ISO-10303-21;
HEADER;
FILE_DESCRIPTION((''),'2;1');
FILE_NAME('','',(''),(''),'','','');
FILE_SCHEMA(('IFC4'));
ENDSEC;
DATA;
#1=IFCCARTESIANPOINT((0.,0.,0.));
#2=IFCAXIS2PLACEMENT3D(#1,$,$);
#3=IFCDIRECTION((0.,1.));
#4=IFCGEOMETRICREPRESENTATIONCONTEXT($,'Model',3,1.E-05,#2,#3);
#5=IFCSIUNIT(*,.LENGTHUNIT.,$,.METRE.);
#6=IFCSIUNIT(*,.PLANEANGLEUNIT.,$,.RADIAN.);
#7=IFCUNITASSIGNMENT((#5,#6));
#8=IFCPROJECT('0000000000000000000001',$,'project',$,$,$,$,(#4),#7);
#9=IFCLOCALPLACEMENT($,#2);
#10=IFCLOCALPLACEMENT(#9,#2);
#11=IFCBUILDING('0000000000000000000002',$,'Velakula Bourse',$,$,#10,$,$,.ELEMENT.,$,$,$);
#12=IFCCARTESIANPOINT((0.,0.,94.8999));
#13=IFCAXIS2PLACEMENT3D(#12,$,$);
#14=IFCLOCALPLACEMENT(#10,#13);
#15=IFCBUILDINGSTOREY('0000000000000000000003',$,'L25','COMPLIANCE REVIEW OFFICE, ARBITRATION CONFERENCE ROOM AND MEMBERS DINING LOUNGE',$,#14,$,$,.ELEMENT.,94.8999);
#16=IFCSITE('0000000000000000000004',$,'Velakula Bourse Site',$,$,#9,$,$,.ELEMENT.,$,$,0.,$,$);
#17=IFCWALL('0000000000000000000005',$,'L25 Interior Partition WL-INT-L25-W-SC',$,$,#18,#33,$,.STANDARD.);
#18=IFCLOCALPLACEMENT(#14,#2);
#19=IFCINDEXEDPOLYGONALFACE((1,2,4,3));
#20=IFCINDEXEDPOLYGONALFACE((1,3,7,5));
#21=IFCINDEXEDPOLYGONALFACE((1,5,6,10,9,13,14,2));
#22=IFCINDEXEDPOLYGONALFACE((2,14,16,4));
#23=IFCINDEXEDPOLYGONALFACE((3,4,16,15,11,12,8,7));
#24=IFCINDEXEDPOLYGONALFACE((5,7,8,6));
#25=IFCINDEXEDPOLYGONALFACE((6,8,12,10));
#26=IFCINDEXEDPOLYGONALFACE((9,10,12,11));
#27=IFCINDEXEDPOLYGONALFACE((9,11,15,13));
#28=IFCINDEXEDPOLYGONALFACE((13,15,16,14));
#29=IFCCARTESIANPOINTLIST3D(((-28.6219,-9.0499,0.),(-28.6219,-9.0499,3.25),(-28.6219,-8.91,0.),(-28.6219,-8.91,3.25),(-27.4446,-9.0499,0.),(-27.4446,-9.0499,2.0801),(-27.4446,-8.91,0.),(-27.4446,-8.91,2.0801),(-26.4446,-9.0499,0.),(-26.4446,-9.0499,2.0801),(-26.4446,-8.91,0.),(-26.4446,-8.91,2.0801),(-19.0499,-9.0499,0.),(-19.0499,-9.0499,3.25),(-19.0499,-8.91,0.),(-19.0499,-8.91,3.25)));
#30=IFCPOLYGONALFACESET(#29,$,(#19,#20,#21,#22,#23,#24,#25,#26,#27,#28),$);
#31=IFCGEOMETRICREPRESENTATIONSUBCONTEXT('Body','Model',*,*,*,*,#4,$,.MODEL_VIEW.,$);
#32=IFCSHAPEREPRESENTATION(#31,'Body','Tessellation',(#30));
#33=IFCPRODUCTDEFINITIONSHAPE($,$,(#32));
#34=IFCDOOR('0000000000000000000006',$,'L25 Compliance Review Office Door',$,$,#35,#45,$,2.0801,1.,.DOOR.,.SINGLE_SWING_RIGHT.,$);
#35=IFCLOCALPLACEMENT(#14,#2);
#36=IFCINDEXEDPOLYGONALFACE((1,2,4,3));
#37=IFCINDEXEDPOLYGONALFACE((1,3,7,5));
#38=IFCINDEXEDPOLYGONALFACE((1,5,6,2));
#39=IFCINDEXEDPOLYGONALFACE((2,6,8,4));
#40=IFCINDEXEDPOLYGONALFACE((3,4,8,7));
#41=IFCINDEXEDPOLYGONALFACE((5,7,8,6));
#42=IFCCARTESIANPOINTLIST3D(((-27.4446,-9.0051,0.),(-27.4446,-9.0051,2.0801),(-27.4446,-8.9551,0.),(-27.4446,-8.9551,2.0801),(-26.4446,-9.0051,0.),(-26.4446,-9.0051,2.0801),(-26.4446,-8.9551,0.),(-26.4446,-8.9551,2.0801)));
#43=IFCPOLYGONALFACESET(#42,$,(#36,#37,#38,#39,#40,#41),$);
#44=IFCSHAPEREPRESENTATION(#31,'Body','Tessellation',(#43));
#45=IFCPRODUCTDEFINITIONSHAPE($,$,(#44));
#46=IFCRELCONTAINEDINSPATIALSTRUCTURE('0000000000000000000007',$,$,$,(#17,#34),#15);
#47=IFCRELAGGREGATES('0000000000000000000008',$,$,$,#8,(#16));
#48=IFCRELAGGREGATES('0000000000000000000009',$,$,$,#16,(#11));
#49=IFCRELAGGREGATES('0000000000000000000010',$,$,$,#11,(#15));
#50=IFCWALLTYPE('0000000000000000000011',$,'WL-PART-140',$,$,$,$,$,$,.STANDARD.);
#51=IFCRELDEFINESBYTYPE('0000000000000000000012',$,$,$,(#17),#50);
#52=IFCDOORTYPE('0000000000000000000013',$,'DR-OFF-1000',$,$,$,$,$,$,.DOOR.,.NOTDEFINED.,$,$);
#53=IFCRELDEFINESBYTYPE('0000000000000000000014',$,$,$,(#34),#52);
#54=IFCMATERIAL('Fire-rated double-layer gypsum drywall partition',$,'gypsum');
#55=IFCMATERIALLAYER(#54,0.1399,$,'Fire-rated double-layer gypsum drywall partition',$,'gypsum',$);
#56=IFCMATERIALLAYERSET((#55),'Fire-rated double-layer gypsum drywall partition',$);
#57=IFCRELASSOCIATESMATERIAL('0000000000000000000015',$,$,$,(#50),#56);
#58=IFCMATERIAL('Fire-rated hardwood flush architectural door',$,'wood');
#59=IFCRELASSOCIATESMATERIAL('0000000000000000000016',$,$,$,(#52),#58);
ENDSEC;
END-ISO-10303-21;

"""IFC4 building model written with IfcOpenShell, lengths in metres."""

from ifc_helpers import new_model, si_unit, direction, frame, frame_2d, origin, place, context, subcontext, project, spatial, rectangle, extrude, material, layer, layer_set, type_object, element, fill, save


model = new_model("IFC4")

# Units and contexts
model_context = context("Model", 3, precision=1e-05, world=origin(), true_north=direction((0.0, 1.0)))
body_context = subcontext(model_context, "Body", "Model", "MODEL_VIEW")
ifc_project = project(units=[si_unit("LENGTHUNIT", "METRE"), si_unit("PLANEANGLEUNIT", "RADIAN")], contexts=[model_context])

# Site, building, storey
site_placement = place(None, origin())
site = spatial("IfcSite", under=ifc_project, at=site_placement, Name="Velakula Bourse Site", CompositionType="ELEMENT", RefElevation=0.0)
building_placement = place(site_placement, origin())
building = spatial("IfcBuilding", under=site, at=building_placement, Name="Velakula Bourse", CompositionType="ELEMENT")
storey_placement = place(building_placement, frame((0.0, 0.0, 94.8999)))
storey = spatial("IfcBuildingStorey", under=building, at=storey_placement, Name="L25", Description="COMPLIANCE REVIEW OFFICE, ARBITRATION CONFERENCE ROOM AND MEMBERS DINING LOUNGE", CompositionType="ELEMENT", Elevation=94.8999)

# Shared definitions
ifc_material_1 = material(Name="Fire-rated double-layer gypsum drywall partition", Category="gypsum")
ifc_layer_1 = layer(ifc_material_1, 0.1399, Name="Fire-rated double-layer gypsum drywall partition", Category="gypsum")
ifc_layer_set_1 = layer_set([ifc_layer_1], Name="Fire-rated double-layer gypsum drywall partition")
wall_type_1 = type_object("IfcWallType", Name="WL-PART-140", PredefinedType="STANDARD", material=ifc_layer_set_1)
ifc_material_2 = material(Name="Fire-rated hardwood flush architectural door", Category="wood")
door_type_1 = type_object("IfcDoorType", Name="DR-OFF-1000", OperationType="NOTDEFINED", PredefinedType="DOOR", material=ifc_material_2)

# Wall, opening, door
wall_1_placement = place(storey_placement, frame((-28.6221, -8.98, 0.0), z_axis=(0.0, 0.0, 1.0), x_axis=(1.0, 0.0, 0.0)))
wall_1 = element("IfcWall", 1, at=wall_1_placement, inside=storey, type_object=wall_type_1, Name="L25 Interior Partition WL-INT-L25-W-SC", PredefinedType="STANDARD", context=body_context, shape_type="SweptSolid", body=[
    extrude(rectangle(XDim=9.572, YDim=0.1399, at=frame_2d((4.7861, 0.0))), origin(), (0.0, 0.0, 1.0), 3.25),
])
opening_1_placement = place(wall_1_placement, frame((1.1775, 0.0, 0.0)))
opening_1 = element("IfcOpeningElement", 2, at=opening_1_placement, cuts=wall_1, PredefinedType="OPENING", context=body_context, shape_type="SweptSolid", body=[
    extrude(rectangle(XDim=1.0, YDim=2.0801, at=frame_2d((0.5, 1.04))), frame((0.0, 0.0798, 0.0), z_axis=(0.0, -1.0, 0.0), x_axis=(1.0, 0.0, 0.0)), (0.0, 0.0, 1.0), 0.1599),
])
door_1_placement = place(opening_1_placement, origin())
door_1 = element("IfcDoor", 3, at=door_1_placement, inside=storey, type_object=door_type_1, Name="L25 Compliance Review Office Door", OperationType="SINGLE_SWING_RIGHT", OverallHeight=2.0801, OverallWidth=1.0, PredefinedType="DOOR", context=body_context, shape_type="SweptSolid", body=[
    extrude(rectangle(XDim=1.0, YDim=2.0801, at=frame_2d((0.5, 1.04))), frame((0.0, 0.0249, 0.0), z_axis=(0.0, -1.0, 0.0), x_axis=(1.0, 0.0, 0.0)), (0.0, 0.0, 1.0), 0.05),
])
fill(opening_1, door_1)

save(model, "model.ifc")
